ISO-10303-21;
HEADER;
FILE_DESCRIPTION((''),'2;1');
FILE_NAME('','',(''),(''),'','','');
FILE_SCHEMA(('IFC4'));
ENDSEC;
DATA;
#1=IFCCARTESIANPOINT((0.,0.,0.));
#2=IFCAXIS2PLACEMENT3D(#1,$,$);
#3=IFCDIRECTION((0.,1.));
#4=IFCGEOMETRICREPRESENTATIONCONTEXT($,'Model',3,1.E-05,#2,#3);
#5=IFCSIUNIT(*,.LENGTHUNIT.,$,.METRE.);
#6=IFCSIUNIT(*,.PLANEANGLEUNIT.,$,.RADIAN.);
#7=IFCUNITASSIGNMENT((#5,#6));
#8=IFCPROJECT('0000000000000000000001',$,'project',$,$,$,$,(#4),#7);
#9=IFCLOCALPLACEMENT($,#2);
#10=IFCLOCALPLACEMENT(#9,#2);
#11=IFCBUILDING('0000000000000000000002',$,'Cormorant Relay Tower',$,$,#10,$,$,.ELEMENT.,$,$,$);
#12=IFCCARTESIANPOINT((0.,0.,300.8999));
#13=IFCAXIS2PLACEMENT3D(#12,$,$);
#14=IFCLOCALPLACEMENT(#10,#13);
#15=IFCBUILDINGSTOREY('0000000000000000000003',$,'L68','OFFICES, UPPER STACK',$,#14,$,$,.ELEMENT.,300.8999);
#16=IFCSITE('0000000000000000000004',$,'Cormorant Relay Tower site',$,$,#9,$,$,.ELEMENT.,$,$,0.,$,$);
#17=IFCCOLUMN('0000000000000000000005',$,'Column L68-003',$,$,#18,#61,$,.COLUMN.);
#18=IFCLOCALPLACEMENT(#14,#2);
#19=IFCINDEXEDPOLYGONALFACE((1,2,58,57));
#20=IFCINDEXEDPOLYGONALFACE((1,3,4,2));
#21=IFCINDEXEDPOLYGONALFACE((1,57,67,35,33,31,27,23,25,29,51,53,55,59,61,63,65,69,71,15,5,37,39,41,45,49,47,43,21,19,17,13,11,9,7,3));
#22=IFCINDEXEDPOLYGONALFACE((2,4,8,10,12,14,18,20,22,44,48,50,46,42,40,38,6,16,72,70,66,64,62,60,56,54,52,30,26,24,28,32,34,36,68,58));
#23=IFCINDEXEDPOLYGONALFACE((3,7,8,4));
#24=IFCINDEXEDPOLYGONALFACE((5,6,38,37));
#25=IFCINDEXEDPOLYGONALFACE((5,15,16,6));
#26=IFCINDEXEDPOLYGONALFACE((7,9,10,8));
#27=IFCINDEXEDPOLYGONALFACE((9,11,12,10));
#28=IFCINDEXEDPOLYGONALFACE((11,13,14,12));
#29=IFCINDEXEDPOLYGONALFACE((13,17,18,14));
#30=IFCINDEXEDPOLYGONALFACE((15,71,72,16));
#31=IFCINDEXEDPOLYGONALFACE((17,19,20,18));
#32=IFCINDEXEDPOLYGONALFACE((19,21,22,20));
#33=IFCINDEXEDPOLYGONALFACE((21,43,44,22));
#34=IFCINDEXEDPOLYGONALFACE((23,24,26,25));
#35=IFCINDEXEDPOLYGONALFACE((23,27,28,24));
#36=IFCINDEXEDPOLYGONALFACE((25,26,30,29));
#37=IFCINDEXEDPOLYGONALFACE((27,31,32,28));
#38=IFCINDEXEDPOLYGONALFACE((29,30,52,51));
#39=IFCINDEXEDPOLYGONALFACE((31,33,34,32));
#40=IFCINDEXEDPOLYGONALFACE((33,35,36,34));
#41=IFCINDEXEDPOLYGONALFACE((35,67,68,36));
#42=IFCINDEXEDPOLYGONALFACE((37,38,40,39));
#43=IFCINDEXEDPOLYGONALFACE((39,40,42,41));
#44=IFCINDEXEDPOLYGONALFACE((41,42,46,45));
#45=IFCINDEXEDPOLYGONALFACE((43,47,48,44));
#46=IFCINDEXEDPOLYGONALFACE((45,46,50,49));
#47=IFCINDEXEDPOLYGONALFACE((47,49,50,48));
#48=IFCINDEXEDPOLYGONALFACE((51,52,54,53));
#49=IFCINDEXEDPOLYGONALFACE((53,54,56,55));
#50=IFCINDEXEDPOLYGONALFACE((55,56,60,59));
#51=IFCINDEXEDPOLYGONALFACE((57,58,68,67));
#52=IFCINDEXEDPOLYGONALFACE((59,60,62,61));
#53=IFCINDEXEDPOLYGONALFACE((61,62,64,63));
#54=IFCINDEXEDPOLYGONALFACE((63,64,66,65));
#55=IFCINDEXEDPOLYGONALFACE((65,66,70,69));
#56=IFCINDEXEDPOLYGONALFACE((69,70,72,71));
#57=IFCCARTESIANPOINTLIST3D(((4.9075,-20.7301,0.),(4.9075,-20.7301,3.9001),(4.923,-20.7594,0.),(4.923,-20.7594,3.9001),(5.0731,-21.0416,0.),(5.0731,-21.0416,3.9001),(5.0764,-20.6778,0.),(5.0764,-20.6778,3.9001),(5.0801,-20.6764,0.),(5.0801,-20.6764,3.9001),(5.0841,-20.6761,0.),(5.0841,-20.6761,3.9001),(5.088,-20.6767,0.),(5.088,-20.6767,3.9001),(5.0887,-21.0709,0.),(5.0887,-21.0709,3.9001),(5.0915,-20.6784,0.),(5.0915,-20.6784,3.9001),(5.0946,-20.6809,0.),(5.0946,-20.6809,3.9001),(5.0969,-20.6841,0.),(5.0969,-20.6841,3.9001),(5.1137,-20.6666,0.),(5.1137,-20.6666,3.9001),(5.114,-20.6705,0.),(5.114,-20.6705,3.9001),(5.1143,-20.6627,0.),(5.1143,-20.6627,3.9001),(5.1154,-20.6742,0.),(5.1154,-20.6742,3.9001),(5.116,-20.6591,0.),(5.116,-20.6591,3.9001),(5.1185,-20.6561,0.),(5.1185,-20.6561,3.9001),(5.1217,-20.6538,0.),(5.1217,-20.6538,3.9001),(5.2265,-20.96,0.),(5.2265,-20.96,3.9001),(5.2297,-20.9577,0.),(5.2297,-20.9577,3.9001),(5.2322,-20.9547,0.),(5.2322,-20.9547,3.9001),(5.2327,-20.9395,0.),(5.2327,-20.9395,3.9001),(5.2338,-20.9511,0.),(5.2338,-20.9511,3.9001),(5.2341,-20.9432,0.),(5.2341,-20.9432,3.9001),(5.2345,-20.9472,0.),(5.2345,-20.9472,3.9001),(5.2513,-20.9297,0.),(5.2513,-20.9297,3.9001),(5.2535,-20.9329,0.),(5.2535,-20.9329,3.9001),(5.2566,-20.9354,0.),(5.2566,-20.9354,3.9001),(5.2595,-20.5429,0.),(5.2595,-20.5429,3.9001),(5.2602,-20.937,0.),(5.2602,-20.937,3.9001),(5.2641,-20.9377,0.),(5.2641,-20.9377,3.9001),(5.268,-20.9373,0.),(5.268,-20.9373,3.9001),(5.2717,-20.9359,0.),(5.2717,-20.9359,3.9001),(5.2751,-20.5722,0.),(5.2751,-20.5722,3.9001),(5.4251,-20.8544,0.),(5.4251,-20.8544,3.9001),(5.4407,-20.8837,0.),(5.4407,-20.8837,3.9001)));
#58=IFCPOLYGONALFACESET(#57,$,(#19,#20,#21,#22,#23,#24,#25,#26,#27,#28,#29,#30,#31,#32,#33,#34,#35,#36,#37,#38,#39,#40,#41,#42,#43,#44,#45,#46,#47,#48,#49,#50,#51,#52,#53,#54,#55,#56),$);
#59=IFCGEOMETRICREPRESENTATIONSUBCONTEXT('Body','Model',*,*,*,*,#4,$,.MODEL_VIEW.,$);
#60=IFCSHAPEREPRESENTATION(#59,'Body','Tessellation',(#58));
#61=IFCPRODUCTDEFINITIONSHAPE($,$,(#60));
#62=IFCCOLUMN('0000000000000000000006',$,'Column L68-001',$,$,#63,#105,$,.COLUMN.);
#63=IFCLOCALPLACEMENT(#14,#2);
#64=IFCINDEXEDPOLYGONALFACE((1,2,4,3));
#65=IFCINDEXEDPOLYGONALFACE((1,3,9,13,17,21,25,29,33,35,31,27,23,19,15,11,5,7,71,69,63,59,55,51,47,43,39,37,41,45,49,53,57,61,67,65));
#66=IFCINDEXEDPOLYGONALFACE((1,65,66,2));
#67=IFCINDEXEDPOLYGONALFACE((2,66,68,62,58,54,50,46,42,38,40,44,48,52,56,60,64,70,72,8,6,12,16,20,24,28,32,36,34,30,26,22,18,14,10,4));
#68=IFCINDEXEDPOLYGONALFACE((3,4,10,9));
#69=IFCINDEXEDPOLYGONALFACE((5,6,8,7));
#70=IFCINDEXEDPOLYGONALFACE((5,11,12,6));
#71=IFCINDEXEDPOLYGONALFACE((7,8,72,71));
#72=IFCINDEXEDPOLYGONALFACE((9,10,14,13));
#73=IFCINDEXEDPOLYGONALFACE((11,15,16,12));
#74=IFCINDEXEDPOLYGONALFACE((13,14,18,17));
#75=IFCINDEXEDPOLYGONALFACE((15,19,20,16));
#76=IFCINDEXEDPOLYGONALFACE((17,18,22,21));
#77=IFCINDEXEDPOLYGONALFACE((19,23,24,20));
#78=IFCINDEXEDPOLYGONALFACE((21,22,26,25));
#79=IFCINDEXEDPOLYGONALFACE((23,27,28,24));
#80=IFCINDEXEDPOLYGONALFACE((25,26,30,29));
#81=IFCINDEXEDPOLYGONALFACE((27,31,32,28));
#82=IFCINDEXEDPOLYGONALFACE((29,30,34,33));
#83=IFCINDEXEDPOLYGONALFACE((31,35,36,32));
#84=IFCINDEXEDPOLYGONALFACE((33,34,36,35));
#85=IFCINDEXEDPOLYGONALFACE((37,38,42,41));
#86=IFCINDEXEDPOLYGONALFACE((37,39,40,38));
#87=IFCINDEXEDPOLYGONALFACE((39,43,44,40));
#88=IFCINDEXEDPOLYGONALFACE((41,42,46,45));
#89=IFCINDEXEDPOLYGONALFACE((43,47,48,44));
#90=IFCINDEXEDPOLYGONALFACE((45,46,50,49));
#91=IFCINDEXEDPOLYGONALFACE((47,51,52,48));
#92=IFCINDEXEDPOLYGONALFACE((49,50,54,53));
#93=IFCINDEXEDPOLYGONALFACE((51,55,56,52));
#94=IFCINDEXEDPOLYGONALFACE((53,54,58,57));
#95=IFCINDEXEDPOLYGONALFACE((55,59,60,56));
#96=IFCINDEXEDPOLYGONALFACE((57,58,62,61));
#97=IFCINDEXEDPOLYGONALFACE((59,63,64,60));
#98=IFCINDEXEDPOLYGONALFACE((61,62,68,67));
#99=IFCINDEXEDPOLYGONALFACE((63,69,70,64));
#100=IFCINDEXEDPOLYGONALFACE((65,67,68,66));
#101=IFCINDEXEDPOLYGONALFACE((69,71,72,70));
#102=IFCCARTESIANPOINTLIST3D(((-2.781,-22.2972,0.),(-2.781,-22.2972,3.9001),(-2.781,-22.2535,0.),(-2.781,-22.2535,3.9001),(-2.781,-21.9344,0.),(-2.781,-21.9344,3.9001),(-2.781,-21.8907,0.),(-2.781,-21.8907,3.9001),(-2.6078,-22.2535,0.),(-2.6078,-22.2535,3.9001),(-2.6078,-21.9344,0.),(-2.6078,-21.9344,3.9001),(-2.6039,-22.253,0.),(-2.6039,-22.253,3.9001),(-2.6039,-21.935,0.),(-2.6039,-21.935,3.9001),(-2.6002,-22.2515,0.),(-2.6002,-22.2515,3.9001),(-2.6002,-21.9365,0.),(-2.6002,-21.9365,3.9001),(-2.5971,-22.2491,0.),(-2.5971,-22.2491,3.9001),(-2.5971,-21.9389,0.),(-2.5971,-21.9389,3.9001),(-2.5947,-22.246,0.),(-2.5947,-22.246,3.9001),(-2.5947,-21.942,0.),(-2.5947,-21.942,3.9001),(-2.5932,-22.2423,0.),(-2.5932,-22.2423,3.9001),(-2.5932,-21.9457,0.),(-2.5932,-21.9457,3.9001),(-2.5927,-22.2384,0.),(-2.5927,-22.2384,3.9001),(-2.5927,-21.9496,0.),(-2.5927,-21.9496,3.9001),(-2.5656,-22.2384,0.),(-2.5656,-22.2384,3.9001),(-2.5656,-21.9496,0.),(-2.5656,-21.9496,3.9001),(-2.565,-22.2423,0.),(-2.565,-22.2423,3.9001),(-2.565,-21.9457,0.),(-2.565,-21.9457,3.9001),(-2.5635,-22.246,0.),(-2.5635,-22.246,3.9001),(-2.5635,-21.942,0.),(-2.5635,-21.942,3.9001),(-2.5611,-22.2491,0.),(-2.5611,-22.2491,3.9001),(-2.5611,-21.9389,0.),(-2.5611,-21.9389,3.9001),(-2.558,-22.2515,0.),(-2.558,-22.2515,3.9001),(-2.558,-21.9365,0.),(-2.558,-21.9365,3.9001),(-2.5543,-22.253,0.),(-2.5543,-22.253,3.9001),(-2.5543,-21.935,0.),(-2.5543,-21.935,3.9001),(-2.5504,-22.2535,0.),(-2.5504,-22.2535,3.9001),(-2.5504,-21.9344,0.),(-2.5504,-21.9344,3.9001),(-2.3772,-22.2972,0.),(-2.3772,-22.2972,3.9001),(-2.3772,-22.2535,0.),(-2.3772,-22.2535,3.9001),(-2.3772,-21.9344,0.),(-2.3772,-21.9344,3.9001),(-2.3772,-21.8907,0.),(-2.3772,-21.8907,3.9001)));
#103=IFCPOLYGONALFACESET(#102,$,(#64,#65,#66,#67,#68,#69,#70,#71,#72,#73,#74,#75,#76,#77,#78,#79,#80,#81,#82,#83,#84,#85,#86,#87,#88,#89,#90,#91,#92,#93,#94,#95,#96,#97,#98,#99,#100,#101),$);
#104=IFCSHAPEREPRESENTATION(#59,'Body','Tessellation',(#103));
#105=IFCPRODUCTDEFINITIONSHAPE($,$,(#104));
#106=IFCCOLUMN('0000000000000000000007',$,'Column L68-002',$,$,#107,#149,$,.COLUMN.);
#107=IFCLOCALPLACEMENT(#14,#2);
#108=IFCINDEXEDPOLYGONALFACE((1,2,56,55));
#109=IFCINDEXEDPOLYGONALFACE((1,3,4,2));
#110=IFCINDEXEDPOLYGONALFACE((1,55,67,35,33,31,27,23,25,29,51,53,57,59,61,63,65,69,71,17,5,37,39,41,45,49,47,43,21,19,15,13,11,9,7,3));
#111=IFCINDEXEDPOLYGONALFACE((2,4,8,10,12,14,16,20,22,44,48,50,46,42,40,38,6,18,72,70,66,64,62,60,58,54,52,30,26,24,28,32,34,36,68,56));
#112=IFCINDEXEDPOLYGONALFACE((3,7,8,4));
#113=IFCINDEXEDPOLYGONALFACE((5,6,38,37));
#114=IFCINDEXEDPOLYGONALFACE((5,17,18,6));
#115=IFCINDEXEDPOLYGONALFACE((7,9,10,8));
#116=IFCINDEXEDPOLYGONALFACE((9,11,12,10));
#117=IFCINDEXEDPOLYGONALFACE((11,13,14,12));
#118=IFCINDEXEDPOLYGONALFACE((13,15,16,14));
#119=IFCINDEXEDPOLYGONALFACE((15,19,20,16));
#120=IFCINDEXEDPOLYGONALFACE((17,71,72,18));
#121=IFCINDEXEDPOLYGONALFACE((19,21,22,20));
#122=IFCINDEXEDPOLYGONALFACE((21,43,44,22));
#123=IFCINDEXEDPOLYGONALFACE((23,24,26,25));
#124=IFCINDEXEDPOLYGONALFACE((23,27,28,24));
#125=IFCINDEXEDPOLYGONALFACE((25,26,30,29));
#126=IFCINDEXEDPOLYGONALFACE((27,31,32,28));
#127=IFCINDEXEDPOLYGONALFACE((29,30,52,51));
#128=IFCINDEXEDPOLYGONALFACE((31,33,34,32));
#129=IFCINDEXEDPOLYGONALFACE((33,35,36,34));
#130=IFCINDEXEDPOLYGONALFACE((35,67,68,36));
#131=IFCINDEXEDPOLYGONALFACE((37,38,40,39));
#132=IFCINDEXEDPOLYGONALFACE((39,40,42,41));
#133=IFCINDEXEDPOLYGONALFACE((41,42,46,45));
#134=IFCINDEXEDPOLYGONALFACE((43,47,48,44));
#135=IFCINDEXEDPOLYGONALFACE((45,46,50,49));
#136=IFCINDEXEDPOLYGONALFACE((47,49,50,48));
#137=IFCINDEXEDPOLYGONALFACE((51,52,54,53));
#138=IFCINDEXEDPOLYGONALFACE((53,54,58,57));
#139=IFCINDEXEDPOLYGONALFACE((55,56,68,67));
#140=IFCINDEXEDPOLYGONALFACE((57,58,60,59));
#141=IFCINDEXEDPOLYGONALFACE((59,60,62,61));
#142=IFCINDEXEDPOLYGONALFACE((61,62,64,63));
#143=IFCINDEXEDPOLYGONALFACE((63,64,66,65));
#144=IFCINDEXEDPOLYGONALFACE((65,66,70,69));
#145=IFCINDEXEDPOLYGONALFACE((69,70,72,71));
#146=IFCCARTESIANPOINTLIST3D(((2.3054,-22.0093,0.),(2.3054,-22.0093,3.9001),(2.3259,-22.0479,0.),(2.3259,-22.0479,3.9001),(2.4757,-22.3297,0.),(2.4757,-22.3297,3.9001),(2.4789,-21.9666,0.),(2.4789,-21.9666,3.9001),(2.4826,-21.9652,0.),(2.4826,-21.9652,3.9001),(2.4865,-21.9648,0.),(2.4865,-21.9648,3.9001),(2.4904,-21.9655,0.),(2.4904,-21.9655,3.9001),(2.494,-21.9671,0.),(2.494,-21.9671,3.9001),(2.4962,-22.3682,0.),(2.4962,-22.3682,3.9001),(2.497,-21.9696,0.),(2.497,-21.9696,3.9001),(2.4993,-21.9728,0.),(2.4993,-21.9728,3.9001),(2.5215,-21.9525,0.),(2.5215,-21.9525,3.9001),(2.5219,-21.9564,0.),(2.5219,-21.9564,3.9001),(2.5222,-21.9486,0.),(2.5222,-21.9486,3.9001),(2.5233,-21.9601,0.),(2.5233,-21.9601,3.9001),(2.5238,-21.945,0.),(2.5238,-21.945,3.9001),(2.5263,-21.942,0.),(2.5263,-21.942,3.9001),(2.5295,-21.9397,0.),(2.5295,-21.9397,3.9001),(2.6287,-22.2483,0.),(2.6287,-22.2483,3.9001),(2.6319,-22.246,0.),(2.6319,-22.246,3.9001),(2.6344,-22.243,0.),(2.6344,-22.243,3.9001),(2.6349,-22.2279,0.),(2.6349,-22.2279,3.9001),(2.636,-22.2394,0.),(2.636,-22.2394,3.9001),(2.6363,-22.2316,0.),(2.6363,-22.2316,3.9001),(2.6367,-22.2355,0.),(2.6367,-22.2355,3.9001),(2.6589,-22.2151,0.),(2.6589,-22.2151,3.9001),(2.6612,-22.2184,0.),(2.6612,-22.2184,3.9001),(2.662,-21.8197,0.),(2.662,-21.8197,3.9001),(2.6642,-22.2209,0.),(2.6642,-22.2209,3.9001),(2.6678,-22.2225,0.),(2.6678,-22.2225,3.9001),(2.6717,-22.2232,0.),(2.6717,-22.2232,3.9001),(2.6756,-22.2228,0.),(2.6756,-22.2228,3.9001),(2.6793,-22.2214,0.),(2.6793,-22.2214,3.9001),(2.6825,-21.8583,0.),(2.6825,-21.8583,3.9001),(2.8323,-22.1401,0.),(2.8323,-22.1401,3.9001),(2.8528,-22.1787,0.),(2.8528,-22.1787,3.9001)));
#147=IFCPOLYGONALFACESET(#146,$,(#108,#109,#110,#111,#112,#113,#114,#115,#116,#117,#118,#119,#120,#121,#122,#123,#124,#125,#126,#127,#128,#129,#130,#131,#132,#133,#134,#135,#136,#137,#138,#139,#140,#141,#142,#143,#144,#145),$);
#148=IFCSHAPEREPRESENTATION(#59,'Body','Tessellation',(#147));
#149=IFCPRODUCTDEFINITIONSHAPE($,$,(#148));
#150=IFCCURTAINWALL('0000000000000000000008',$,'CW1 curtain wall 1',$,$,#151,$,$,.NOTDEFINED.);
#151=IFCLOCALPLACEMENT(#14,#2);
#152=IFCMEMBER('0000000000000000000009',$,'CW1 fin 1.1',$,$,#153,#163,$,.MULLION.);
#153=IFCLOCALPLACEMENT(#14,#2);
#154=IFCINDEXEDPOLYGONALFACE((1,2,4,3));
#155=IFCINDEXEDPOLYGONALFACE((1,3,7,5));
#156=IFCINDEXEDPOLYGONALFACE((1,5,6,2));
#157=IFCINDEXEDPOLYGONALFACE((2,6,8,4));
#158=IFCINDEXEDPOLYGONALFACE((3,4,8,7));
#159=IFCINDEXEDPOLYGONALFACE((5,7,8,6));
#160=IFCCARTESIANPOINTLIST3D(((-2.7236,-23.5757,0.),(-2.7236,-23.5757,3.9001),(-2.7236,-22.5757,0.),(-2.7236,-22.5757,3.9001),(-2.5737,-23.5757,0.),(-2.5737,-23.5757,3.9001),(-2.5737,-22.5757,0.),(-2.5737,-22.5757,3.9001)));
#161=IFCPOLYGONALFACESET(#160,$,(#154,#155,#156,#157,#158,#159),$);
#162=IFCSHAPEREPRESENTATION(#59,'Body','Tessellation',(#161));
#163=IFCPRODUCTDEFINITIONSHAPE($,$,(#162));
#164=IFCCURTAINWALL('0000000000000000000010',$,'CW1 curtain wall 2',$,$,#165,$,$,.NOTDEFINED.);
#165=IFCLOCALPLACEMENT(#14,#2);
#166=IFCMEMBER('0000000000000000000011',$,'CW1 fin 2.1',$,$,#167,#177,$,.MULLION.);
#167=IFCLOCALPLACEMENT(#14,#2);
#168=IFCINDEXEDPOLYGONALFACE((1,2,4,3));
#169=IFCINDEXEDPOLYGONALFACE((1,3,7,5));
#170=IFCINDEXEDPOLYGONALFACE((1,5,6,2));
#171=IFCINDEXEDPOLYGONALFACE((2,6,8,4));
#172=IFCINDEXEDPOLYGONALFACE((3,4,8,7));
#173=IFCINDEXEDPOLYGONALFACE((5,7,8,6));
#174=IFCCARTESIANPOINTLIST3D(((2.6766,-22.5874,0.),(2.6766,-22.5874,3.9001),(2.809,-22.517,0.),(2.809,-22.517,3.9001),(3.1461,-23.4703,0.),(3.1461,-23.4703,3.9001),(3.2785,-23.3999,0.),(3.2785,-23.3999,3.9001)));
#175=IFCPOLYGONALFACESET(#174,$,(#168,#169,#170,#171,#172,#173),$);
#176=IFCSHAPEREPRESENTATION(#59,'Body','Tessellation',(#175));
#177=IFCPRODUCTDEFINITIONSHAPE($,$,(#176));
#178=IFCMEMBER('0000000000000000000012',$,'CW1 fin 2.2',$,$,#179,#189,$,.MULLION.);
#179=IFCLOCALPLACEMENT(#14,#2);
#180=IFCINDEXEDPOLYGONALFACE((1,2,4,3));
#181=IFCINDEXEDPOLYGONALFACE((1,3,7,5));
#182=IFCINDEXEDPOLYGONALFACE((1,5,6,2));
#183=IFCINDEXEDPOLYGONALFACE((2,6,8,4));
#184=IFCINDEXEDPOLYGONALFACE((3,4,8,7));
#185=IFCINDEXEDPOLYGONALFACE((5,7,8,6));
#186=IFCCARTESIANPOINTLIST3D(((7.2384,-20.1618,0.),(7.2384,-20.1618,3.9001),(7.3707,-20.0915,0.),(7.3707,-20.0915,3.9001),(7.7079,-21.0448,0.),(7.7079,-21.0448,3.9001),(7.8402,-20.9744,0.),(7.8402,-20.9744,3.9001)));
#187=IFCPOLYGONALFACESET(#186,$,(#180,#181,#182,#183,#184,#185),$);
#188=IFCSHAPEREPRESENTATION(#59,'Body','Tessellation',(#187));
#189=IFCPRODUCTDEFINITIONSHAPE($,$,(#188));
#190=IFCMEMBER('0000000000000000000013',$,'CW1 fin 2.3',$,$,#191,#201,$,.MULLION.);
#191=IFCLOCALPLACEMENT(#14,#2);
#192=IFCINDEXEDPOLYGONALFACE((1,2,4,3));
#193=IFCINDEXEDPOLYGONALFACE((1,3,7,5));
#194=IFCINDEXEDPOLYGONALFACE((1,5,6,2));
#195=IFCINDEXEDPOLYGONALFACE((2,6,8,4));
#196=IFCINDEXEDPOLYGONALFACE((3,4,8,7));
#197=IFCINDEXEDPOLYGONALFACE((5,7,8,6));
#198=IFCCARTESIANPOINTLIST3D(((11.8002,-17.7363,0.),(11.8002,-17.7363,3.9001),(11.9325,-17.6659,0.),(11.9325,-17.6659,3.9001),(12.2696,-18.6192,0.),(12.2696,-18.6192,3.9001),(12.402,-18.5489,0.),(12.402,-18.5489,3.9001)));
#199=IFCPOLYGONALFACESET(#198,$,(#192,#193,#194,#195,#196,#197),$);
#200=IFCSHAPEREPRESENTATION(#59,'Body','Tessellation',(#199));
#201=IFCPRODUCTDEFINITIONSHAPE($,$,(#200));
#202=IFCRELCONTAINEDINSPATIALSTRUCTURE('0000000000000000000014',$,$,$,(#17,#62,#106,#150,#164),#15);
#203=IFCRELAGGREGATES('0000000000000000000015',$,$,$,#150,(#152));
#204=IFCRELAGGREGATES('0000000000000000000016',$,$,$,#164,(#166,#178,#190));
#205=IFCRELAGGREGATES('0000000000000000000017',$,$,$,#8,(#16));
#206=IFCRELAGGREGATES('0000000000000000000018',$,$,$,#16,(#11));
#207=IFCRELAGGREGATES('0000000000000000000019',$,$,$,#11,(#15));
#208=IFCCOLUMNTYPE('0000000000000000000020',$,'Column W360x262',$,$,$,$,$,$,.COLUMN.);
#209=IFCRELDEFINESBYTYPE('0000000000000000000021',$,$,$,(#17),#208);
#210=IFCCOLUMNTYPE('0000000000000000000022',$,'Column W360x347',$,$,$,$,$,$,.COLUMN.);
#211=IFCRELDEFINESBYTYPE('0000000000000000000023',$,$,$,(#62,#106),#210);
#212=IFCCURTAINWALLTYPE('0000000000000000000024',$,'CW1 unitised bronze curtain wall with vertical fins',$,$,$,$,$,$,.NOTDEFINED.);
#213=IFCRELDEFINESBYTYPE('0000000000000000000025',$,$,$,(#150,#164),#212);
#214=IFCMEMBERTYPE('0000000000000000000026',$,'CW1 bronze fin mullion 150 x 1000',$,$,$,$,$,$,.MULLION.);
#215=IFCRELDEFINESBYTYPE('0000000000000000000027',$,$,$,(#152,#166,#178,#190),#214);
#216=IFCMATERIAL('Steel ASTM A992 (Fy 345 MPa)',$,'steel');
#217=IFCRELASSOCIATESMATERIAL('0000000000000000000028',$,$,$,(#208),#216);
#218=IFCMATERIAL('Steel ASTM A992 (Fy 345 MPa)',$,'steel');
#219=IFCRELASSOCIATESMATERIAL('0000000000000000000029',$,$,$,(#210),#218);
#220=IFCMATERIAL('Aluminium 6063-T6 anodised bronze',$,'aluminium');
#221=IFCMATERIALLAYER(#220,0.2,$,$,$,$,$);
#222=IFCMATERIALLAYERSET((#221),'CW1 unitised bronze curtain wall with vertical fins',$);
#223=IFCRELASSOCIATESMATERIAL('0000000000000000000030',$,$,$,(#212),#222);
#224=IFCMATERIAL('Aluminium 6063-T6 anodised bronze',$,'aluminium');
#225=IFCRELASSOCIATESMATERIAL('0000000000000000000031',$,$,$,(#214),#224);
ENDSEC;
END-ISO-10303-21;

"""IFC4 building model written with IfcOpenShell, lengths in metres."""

from ifc_helpers import new_model, si_unit, direction, frame, origin, origin_2d, place, context, subcontext, project, spatial, rectangle, i_section, extrude, material, layer, layer_set, material_profile, profile_set, type_object, element, aggregate, save


model = new_model("IFC4")

# Units and contexts
model_context = context("Model", 3, precision=1e-05, world=origin(), true_north=direction((0.0, 1.0)))
body_context = subcontext(model_context, "Body", "Model", "MODEL_VIEW")
ifc_project = project(units=[si_unit("LENGTHUNIT", "METRE"), si_unit("PLANEANGLEUNIT", "RADIAN")], contexts=[model_context])

# Site, building, storey
site_placement = place(None, origin())
site = spatial("IfcSite", under=ifc_project, at=site_placement, Name="Cormorant Relay Tower site", CompositionType="ELEMENT", RefElevation=0.0)
building_placement = place(site_placement, origin())
building = spatial("IfcBuilding", under=site, at=building_placement, Name="Cormorant Relay Tower", CompositionType="ELEMENT")
storey_placement = place(building_placement, frame((0.0, 0.0, 300.8999)))
storey = spatial("IfcBuildingStorey", under=building, at=storey_placement, Name="L68", Description="OFFICES, UPPER STACK", CompositionType="ELEMENT", Elevation=300.8999)

# Columns
ifc_material_1 = material(Name="Steel ASTM A992 (Fy 345 MPa)", Category="steel")
ifc_material_profile_1 = material_profile(ifc_material_1, i_section(OverallWidth=0.3987, OverallDepth=0.386, WebThickness=0.021, FlangeThickness=0.0332, FilletRadius=0.0151, at=origin_2d()), Name="W360x262")
ifc_profile_set_1 = profile_set([ifc_material_profile_1], Name="Steel ASTM A992 (Fy 345 MPa)")
column_type_1 = type_object("IfcColumnType", Name="Column W360x262", PredefinedType="COLUMN", material=ifc_profile_set_1)
column_placement = place(storey_placement, frame((5.1741, -20.8069, 0.0), z_axis=(0.0, 0.0, 1.0), x_axis=(0.882948, 0.469472, 0.0)))
element("IfcColumn", 1, at=column_placement, inside=storey, type_object=column_type_1, Name="Column L68-003", PredefinedType="COLUMN", context=body_context, shape_type="SweptSolid", body=[
    extrude(i_section(OverallWidth=0.3987, OverallDepth=0.386, WebThickness=0.021, FlangeThickness=0.0332, FilletRadius=0.0151, at=origin_2d()), origin(), (0.0, 0.0, 1.0), 3.9001),
])
ifc_material_2 = material(Name="Steel ASTM A992 (Fy 345 MPa)", Category="steel")
ifc_material_profile_2 = material_profile(ifc_material_2, i_section(OverallWidth=0.4038, OverallDepth=0.4065, WebThickness=0.0271, FlangeThickness=0.0437, FilletRadius=0.0151, at=origin_2d()), Name="W360x347")
ifc_profile_set_2 = profile_set([ifc_material_profile_2], Name="Steel ASTM A992 (Fy 345 MPa)")
column_type_2 = type_object("IfcColumnType", Name="Column W360x347", PredefinedType="COLUMN", material=ifc_profile_set_2)
for number, where, z_axis, x_axis, name in (
    (2, (-2.5791, -22.094, 0.0), (0.0, 0.0, 1.0), (1.0, 0.0, 0.0), "Column L68-001"),
    (3, (2.5791, -22.094, 0.0), (0.0, 0.0, 1.0), (0.882948, 0.469472, 0.0), "Column L68-002"),
):
    element("IfcColumn", number, at=place(storey_placement, frame(where, z_axis=z_axis, x_axis=x_axis)), inside=storey, type_object=column_type_2, Name=name, PredefinedType="COLUMN", context=body_context, shape_type="SweptSolid", body=[
        extrude(i_section(OverallWidth=0.4038, OverallDepth=0.4065, WebThickness=0.0271, FlangeThickness=0.0437, FilletRadius=0.0151, at=origin_2d()), origin(), (0.0, 0.0, 1.0), 3.9001),
    ])

# Curtain wall, member
ifc_material_3 = material(Name="Aluminium 6063-T6 anodised bronze", Category="aluminium")
ifc_layer_1 = layer(ifc_material_3, 0.2)
ifc_layer_set_1 = layer_set([ifc_layer_1], Name="CW1 unitised bronze curtain wall with vertical fins")
curtain_wall_type = type_object("IfcCurtainWallType", Name="CW1 unitised bronze curtain wall with vertical fins", PredefinedType="NOTDEFINED", material=ifc_layer_set_1)
curtain_wall_1_placement = place(storey_placement, origin())
curtain_wall_1 = element("IfcCurtainWall", 4, at=curtain_wall_1_placement, inside=storey, type_object=curtain_wall_type, Name="CW1 curtain wall 1", PredefinedType="NOTDEFINED")
ifc_material_4 = material(Name="Aluminium 6063-T6 anodised bronze", Category="aluminium")
ifc_material_profile_3 = material_profile(ifc_material_4, rectangle(XDim=0.1499, YDim=1.0, at=origin_2d()), Name="AL 150x1000")
ifc_profile_set_3 = profile_set([ifc_material_profile_3], Name="Aluminium 6063-T6 anodised bronze")
member_type_1 = type_object("IfcMemberType", Name="CW1 bronze fin mullion 150 x 1000", PredefinedType="MULLION", material=ifc_profile_set_3)
member_1_placement = place(storey_placement, frame((-2.6487, -23.0757, 0.0), z_axis=(0.0, 0.0, 1.0), x_axis=(1.0, 0.0, 0.0)))
member_1 = element("IfcMember", 5, at=member_1_placement, type_object=member_type_1, Name="CW1 fin 1.1", PredefinedType="MULLION", context=body_context, shape_type="SweptSolid", body=[
    extrude(rectangle(XDim=0.1499, YDim=1.0, at=origin_2d()), origin(), (0.0, 0.0, 1.0), 3.9001),
])

# Curtain wall, members
curtain_wall_2_placement = place(storey_placement, origin())
curtain_wall_2 = element("IfcCurtainWall", 6, at=curtain_wall_2_placement, inside=storey, type_object=curtain_wall_type, Name="CW1 curtain wall 2", PredefinedType="NOTDEFINED")
member_2_placement = place(storey_placement, frame((2.9775, -22.9937, 0.0), z_axis=(0.0, 0.0, 1.0), x_axis=(0.882948, 0.469472, 0.0)))
member_2 = element("IfcMember", 7, at=member_2_placement, type_object=member_type_1, Name="CW1 fin 2.1", PredefinedType="MULLION", context=body_context, shape_type="SweptSolid", body=[
    extrude(rectangle(XDim=0.1499, YDim=1.0, at=origin_2d()), origin(), (0.0, 0.0, 1.0), 3.9001),
])
member_3_placement = place(storey_placement, frame((7.5393, -20.5681, 0.0), z_axis=(0.0, 0.0, 1.0), x_axis=(0.882948, 0.469472, 0.0)))
member_3 = element("IfcMember", 8, at=member_3_placement, type_object=member_type_1, Name="CW1 fin 2.2", PredefinedType="MULLION", context=body_context, shape_type="SweptSolid", body=[
    extrude(rectangle(XDim=0.1499, YDim=1.0, at=origin_2d()), origin(), (0.0, 0.0, 1.0), 3.9001),
])
member_4_placement = place(storey_placement, frame((12.1011, -18.1426, 0.0), z_axis=(0.0, 0.0, 1.0), x_axis=(0.882948, 0.469472, 0.0)))
member_4 = element("IfcMember", 9, at=member_4_placement, type_object=member_type_1, Name="CW1 fin 2.3", PredefinedType="MULLION", context=body_context, shape_type="SweptSolid", body=[
    extrude(rectangle(XDim=0.1499, YDim=1.0, at=origin_2d()), origin(), (0.0, 0.0, 1.0), 3.9001),
])

aggregate(curtain_wall_1, [member_1])

aggregate(curtain_wall_2, [member_2, member_3, member_4])

save(model, "model.ifc")
